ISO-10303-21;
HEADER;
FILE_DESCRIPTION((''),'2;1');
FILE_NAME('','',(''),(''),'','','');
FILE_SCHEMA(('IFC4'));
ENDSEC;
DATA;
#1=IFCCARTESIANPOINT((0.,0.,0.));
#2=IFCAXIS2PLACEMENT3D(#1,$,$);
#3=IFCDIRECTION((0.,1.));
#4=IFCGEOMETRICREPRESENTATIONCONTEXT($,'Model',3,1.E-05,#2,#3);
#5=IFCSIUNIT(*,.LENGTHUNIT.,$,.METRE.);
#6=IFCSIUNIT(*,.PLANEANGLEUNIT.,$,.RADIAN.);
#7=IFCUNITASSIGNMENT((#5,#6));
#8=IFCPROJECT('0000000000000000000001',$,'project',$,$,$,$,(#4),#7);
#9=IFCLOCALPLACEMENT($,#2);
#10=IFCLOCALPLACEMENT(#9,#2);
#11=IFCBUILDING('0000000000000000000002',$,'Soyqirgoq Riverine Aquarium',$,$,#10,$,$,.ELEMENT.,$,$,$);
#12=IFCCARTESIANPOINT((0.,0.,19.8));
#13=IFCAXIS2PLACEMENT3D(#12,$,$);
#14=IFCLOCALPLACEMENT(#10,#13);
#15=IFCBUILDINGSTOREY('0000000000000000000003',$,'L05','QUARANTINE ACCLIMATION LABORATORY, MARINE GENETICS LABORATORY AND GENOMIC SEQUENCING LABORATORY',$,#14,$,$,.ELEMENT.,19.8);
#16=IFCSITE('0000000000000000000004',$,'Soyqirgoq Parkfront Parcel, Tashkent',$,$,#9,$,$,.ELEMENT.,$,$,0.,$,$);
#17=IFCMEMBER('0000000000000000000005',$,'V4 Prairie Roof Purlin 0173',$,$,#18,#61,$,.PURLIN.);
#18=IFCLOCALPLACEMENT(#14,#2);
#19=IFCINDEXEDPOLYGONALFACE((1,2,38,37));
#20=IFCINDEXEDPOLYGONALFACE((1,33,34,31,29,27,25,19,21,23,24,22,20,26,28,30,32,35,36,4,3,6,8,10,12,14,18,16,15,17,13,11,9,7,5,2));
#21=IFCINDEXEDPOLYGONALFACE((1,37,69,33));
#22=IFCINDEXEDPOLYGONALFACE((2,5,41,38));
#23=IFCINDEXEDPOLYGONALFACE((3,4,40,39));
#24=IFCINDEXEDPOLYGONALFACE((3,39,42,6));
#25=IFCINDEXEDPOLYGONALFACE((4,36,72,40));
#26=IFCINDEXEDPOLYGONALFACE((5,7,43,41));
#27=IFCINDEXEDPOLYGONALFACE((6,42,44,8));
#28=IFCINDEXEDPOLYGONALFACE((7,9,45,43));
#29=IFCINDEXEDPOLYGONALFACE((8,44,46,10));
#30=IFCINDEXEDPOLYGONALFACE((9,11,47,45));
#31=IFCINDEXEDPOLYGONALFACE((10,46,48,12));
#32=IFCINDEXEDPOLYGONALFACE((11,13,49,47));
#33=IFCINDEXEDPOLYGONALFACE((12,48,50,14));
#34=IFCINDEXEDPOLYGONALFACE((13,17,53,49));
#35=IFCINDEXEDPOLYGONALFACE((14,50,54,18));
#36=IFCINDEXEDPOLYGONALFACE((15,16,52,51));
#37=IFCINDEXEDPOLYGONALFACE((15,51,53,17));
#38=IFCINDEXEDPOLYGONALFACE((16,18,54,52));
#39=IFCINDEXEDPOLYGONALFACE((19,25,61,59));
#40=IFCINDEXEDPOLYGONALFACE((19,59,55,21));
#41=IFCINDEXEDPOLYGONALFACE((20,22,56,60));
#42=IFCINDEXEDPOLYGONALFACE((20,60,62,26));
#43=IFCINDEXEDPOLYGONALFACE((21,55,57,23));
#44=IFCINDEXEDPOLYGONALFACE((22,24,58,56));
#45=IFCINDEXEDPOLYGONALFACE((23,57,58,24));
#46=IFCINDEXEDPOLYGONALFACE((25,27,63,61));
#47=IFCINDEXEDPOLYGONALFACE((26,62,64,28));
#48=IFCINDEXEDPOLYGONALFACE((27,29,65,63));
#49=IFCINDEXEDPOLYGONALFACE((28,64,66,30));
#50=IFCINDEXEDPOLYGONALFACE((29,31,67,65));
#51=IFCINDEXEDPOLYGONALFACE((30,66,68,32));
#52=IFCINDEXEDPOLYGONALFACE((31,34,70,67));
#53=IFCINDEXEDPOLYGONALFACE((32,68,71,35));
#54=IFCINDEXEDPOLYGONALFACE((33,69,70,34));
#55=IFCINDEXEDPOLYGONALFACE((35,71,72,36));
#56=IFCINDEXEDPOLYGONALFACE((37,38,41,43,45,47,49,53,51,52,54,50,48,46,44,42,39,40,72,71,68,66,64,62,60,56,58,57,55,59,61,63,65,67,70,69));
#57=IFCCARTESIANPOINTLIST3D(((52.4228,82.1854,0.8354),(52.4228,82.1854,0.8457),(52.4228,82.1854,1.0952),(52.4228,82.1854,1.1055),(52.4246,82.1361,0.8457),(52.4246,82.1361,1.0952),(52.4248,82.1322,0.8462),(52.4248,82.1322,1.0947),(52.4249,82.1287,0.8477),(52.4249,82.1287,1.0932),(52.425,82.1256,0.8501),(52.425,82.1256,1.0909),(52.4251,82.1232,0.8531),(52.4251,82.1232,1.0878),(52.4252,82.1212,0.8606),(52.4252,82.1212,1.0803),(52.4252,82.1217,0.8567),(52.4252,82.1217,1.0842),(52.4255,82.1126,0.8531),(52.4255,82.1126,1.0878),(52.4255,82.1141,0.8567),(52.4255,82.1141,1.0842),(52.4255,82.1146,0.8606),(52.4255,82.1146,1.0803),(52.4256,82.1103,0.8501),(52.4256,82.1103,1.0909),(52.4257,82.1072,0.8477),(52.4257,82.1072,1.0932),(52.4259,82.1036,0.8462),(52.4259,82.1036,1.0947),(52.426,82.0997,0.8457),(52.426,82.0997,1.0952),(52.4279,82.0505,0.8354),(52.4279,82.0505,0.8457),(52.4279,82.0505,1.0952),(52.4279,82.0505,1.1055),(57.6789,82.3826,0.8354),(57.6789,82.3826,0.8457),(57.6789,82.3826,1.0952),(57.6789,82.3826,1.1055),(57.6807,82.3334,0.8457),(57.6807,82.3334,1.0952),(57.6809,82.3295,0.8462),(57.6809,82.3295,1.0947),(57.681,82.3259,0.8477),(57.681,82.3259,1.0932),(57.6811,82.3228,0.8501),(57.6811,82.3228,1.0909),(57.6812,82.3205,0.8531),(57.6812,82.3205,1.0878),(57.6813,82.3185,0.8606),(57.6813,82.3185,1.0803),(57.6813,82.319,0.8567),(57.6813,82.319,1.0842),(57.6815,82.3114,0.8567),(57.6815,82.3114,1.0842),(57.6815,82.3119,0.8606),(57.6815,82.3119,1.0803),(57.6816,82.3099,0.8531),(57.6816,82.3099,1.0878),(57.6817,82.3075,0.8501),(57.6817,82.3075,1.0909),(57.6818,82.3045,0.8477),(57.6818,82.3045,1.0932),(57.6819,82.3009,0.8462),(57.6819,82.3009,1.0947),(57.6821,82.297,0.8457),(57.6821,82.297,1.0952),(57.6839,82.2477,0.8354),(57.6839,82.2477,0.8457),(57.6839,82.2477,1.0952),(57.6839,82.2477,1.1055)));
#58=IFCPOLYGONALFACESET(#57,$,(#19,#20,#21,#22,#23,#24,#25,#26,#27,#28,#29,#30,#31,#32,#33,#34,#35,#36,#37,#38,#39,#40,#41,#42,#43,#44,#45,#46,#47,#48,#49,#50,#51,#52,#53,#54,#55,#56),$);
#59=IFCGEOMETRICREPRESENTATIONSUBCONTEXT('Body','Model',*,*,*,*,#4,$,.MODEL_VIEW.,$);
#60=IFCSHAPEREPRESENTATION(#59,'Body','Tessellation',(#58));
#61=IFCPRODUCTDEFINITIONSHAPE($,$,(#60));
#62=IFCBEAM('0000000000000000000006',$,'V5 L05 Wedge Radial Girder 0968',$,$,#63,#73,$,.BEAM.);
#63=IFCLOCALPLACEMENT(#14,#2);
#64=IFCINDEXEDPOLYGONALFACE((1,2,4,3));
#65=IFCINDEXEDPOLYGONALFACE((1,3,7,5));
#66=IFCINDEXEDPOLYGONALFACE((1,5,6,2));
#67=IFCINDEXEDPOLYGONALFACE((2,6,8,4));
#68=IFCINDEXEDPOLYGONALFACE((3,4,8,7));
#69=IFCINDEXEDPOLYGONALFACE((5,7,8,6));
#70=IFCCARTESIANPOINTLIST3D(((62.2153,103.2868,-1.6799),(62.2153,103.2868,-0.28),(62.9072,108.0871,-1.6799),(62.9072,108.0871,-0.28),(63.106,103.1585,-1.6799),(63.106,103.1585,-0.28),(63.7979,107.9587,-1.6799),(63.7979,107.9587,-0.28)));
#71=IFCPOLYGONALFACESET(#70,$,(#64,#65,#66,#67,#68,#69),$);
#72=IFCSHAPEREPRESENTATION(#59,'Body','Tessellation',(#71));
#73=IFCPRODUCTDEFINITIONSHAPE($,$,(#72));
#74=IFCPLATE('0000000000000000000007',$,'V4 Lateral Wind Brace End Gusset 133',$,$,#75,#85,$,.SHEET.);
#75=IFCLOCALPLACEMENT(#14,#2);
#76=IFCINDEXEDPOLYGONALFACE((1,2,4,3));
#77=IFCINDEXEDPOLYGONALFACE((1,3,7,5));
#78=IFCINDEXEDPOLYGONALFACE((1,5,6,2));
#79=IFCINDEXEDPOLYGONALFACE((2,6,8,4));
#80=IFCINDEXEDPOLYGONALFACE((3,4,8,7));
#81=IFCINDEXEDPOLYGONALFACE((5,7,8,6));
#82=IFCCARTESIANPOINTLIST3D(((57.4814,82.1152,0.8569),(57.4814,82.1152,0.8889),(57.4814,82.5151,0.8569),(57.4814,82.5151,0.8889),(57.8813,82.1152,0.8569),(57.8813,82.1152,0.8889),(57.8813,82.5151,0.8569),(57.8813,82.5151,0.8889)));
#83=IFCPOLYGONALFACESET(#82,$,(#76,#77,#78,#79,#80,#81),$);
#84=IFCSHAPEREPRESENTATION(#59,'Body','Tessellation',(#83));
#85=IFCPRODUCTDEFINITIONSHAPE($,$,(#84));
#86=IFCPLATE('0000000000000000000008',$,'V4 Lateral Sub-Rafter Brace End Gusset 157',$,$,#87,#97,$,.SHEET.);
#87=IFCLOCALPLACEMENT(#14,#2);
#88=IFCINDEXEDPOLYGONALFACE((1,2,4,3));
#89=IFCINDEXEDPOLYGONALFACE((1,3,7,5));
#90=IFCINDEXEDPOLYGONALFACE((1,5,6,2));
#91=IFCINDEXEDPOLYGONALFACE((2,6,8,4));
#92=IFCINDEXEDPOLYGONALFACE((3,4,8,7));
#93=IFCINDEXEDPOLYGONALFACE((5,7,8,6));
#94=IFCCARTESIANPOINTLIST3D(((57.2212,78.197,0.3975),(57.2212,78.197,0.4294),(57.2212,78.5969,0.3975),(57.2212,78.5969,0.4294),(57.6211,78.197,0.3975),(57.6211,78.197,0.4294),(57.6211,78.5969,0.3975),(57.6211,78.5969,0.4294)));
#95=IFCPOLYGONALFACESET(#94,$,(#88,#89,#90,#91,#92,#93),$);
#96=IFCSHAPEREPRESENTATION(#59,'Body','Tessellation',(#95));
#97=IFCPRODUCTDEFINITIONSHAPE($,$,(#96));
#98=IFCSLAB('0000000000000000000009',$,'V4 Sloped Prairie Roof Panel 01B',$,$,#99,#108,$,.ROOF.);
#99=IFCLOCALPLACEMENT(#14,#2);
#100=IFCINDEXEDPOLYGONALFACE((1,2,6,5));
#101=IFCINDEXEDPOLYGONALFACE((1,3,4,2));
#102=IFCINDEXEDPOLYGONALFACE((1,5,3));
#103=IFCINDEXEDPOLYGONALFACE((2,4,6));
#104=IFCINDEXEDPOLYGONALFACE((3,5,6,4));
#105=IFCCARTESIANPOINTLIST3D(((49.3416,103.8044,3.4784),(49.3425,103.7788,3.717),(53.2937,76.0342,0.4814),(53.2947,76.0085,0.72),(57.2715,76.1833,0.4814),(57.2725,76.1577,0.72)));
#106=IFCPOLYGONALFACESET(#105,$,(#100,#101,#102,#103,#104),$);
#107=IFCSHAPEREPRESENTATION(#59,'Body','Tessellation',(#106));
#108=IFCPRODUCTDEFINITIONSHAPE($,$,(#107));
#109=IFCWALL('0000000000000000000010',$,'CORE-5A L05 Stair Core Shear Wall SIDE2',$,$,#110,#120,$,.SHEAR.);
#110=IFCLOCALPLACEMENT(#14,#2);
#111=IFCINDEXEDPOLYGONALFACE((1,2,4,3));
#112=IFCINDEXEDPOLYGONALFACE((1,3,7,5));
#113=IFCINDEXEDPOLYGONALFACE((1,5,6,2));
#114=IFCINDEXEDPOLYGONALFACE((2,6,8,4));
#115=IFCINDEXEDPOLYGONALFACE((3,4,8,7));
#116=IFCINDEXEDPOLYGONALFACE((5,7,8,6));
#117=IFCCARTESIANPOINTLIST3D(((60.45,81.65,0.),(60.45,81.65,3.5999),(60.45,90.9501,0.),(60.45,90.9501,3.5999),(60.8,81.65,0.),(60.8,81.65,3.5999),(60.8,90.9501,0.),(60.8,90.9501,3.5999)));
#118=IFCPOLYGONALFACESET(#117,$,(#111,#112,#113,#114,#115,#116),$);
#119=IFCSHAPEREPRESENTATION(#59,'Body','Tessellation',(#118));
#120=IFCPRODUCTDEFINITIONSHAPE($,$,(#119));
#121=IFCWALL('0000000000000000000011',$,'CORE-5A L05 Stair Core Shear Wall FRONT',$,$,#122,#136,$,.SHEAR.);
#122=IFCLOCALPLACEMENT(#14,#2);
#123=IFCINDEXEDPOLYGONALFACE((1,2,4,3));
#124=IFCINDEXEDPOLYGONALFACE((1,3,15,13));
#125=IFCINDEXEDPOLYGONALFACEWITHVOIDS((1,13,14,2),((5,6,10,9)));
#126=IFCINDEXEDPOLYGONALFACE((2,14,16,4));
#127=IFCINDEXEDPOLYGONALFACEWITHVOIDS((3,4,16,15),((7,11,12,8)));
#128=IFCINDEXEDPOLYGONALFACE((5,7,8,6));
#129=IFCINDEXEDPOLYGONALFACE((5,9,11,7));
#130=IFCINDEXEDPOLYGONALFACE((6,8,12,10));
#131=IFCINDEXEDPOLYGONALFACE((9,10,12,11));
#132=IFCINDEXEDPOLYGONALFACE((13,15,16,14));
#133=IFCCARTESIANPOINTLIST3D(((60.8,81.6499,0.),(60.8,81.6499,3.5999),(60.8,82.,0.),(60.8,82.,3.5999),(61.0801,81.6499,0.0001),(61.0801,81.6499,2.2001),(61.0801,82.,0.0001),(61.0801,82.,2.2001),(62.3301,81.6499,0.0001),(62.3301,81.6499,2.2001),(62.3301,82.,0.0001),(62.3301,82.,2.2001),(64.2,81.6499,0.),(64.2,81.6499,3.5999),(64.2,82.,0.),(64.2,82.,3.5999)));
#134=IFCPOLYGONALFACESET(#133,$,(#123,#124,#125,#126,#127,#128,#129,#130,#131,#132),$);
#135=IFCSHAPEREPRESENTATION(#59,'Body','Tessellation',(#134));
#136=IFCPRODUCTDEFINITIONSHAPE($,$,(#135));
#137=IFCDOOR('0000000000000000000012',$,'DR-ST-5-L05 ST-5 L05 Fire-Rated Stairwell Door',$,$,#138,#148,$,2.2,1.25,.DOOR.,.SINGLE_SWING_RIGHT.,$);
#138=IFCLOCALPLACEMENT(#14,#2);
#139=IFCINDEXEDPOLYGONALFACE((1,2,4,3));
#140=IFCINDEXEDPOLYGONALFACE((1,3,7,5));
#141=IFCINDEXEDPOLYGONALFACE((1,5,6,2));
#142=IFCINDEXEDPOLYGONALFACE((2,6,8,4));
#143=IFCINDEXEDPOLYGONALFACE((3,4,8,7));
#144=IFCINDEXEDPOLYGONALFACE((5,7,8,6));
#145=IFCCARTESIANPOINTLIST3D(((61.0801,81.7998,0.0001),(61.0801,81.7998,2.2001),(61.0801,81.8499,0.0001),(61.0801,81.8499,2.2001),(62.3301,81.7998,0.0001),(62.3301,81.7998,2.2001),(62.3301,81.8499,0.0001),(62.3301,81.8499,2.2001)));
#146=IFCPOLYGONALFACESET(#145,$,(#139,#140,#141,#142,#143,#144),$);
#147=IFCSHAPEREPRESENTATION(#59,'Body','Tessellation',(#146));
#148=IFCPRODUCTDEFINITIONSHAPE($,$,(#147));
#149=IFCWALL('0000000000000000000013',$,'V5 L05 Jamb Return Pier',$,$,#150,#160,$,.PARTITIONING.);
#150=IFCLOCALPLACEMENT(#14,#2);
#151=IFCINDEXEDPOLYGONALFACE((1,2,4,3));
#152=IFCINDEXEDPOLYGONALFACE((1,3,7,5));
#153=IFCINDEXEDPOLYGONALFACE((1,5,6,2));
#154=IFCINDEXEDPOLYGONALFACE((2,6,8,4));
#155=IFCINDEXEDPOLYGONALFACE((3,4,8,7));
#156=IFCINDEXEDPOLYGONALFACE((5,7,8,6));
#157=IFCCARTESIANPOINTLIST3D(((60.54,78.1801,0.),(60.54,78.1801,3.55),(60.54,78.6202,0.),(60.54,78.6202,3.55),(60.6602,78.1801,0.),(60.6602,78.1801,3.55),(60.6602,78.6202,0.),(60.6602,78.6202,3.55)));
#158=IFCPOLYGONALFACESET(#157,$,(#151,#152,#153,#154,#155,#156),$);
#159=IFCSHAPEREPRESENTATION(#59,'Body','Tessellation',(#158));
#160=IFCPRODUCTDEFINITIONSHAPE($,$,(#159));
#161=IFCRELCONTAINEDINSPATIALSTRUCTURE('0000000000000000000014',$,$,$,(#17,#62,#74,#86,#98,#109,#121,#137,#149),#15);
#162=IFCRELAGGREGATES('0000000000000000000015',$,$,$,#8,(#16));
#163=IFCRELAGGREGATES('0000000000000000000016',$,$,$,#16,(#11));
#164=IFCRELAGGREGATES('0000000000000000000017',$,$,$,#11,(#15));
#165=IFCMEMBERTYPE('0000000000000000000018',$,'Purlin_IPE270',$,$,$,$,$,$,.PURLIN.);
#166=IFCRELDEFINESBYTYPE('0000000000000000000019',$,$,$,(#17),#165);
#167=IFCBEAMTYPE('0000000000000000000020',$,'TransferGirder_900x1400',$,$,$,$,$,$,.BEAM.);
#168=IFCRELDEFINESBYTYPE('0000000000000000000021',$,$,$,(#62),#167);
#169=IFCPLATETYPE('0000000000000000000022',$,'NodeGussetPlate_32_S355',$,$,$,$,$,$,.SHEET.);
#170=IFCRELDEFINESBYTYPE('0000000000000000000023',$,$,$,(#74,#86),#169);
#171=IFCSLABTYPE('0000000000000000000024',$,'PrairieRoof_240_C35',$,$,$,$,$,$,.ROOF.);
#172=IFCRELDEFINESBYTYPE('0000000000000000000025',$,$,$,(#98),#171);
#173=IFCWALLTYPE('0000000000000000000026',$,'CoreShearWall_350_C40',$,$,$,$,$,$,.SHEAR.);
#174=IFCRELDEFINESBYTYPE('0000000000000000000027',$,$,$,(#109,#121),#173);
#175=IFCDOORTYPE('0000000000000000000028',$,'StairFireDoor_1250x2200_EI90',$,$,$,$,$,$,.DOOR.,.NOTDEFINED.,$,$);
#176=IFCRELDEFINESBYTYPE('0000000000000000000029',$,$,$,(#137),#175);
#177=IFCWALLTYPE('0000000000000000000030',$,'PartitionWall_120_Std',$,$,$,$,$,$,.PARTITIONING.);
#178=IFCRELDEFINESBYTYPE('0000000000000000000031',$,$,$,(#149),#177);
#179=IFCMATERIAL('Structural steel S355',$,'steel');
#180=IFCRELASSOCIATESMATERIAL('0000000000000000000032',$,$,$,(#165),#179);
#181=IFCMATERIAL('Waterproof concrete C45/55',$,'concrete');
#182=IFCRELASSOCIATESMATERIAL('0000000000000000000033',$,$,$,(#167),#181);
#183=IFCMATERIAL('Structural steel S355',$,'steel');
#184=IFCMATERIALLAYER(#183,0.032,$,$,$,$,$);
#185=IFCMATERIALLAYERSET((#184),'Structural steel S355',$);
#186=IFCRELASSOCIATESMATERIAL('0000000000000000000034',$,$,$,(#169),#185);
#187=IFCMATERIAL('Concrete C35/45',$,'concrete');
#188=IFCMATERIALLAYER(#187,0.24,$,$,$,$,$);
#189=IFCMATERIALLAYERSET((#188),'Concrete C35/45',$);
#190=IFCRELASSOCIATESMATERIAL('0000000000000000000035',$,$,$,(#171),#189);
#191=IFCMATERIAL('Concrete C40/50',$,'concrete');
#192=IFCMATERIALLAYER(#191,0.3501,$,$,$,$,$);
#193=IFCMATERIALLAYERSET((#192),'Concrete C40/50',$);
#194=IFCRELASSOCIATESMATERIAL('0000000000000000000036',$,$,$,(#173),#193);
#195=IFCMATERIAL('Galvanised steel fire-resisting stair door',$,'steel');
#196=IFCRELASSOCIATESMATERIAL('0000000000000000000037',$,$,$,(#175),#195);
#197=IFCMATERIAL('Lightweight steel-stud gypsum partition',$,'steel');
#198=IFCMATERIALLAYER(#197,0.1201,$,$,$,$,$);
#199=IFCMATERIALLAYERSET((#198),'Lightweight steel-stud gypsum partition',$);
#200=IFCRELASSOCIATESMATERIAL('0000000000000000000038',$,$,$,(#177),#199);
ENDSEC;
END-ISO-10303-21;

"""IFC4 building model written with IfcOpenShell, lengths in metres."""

from ifc_helpers import new_model, si_unit, direction, frame, frame_2d, origin, origin_2d, place, context, subcontext, project, spatial, polyline, rectangle, i_section, outline, extrude, material, layer, layer_set, material_profile, profile_set, type_object, element, fill, save


model = new_model("IFC4")

# Units and contexts
model_context = context("Model", 3, precision=1e-05, world=origin(), true_north=direction((0.0, 1.0)))
body_context = subcontext(model_context, "Body", "Model", "MODEL_VIEW")
ifc_project = project(units=[si_unit("LENGTHUNIT", "METRE"), si_unit("PLANEANGLEUNIT", "RADIAN")], contexts=[model_context])

# Site, building, storey
site_placement = place(None, origin())
site = spatial("IfcSite", under=ifc_project, at=site_placement, Name="Soyqirgoq Parkfront Parcel, Tashkent", CompositionType="ELEMENT", RefElevation=0.0)
building_placement = place(site_placement, origin())
building = spatial("IfcBuilding", under=site, at=building_placement, Name="Soyqirgoq Riverine Aquarium", CompositionType="ELEMENT")
storey_placement = place(building_placement, frame((0.0, 0.0, 19.8)))
storey = spatial("IfcBuildingStorey", under=building, at=storey_placement, Name="L05", Description="QUARANTINE ACCLIMATION LABORATORY, MARINE GENETICS LABORATORY AND GENOMIC SEQUENCING LABORATORY", CompositionType="ELEMENT", Elevation=19.8)

# Member
ifc_material_1 = material(Name="Structural steel S355", Category="steel")
ifc_material_profile_1 = material_profile(ifc_material_1, i_section(OverallWidth=0.135, OverallDepth=0.27, WebThickness=0.0066, FlangeThickness=0.0103, FilletRadius=0.0149, at=origin_2d()), Name="IPE 270")
ifc_profile_set_1 = profile_set([ifc_material_profile_1], Name="Structural steel S355")
member_type_1 = type_object("IfcMemberType", Name="Purlin_IPE270", PredefinedType="PURLIN", material=ifc_profile_set_1)
member_1_placement = place(storey_placement, frame((57.6814, 82.3152, 0.9705), z_axis=(-0.999296, -0.037504, 0.0), x_axis=(0.037504, -0.999296, 0.0)))
element("IfcMember", 1, at=member_1_placement, inside=storey, type_object=member_type_1, Name="V4 Prairie Roof Purlin 0173", PredefinedType="PURLIN", context=body_context, shape_type="SweptSolid", body=[
    extrude(i_section(OverallWidth=0.135, OverallDepth=0.27, WebThickness=0.0066, FlangeThickness=0.0103, FilletRadius=0.0149, at=origin_2d()), origin(), (0.0, 0.0, 1.0), 5.2598),
])

# Beam
ifc_material_2 = material(Name="Waterproof concrete C45/55", Category="concrete")
ifc_material_profile_2 = material_profile(ifc_material_2, rectangle(XDim=0.8999, YDim=1.3999, at=origin_2d()), Name="RC 900x1400")
ifc_profile_set_2 = profile_set([ifc_material_profile_2], Name="Waterproof concrete C45/55")
beam_type_1 = type_object("IfcBeamType", Name="TransferGirder_900x1400", PredefinedType="BEAM", material=ifc_profile_set_2)
beam_1_placement = place(storey_placement, frame((62.6606, 103.2227, -0.98), z_axis=(0.142662, 0.989772, 0.0), x_axis=(-0.989772, 0.142662, 0.0)))
element("IfcBeam", 2, at=beam_1_placement, inside=storey, type_object=beam_type_1, Name="V5 L05 Wedge Radial Girder 0968", PredefinedType="BEAM", context=body_context, shape_type="SweptSolid", body=[
    extrude(rectangle(XDim=0.8999, YDim=1.3999, at=origin_2d()), origin(), (0.0, 0.0, 1.0), 4.8499),
])

# Plates
ifc_material_3 = material(Name="Structural steel S355", Category="steel")
ifc_layer_1 = layer(ifc_material_3, 0.032)
ifc_layer_set_1 = layer_set([ifc_layer_1], Name="Structural steel S355")
plate_type = type_object("IfcPlateType", Name="NodeGussetPlate_32_S355", PredefinedType="SHEET", material=ifc_layer_set_1)
for number, where, z_axis, x_axis, name in (
    (3, (57.6814, 82.3152, 0.8569), (0.0, 0.0, 1.0), (1.0, 0.0, 0.0), "V4 Lateral Wind Brace End Gusset 133"),
    (4, (57.4211, 78.397, 0.3975), (0.0, 0.0, 1.0), (1.0, 0.0, 0.0), "V4 Lateral Sub-Rafter Brace End Gusset 157"),
):
    element("IfcPlate", number, at=place(storey_placement, frame(where, z_axis=z_axis, x_axis=x_axis)), inside=storey, type_object=plate_type, Name=name, PredefinedType="SHEET", context=body_context, shape_type="SweptSolid", body=[
        extrude(rectangle(XDim=0.3999, YDim=0.3999, at=origin_2d()), origin(), (0.0, 0.0, 1.0), 0.032),
    ])

# Slab
ifc_material_4 = material(Name="Concrete C35/45", Category="concrete")
ifc_layer_2 = layer(ifc_material_4, 0.24)
ifc_layer_set_2 = layer_set([ifc_layer_2], Name="Concrete C35/45")
slab_type = type_object("IfcSlabType", Name="PrairieRoof_240_C35", PredefinedType="ROOF", material=ifc_layer_set_2)
slab_placement = place(storey_placement, frame((57.2725, 76.1577, 0.72), z_axis=(0.004003, -0.106737, 0.994279), x_axis=(-0.274461, 0.955987, 0.103731)))
element("IfcSlab", 5, at=slab_placement, inside=storey, type_object=slab_type, Name="V4 Sloped Prairie Roof Panel 01B", PredefinedType="ROOF", context=body_context, shape_type="SweptSolid", body=[
    extrude(outline(polyline([(0.0, 0.0), (28.8928, 0.0), (0.9491, 3.8658), (0.0, 0.0)])), origin(), (0.0, 0.0, -1.0), 0.24),
])

# Wall
ifc_material_5 = material(Name="Concrete C40/50", Category="concrete")
ifc_layer_3 = layer(ifc_material_5, 0.3501)
ifc_layer_set_3 = layer_set([ifc_layer_3], Name="Concrete C40/50")
wall_type_1 = type_object("IfcWallType", Name="CoreShearWall_350_C40", PredefinedType="SHEAR", material=ifc_layer_set_3)
wall_1_placement = place(storey_placement, frame((60.625, 90.95, 0.0), z_axis=(0.0, 0.0, 1.0), x_axis=(0.0, -1.0, 0.0)))
element("IfcWall", 6, at=wall_1_placement, inside=storey, type_object=wall_type_1, Name="CORE-5A L05 Stair Core Shear Wall SIDE2", PredefinedType="SHEAR", context=body_context, shape_type="SweptSolid", body=[
    extrude(rectangle(XDim=9.3, YDim=0.3501, at=frame_2d((4.6499, 0.0))), origin(), (0.0, 0.0, 1.0), 3.5999),
])

# Wall, opening, door
wall_2_placement = place(storey_placement, frame((60.8, 81.825, 0.0), z_axis=(0.0, 0.0, 1.0), x_axis=(1.0, 0.0, 0.0)))
wall_2 = element("IfcWall", 7, at=wall_2_placement, inside=storey, type_object=wall_type_1, Name="CORE-5A L05 Stair Core Shear Wall FRONT", PredefinedType="SHEAR", context=body_context, shape_type="SweptSolid", body=[
    extrude(rectangle(XDim=3.3999, YDim=0.3501, at=frame_2d((1.7, 0.0))), origin(), (0.0, 0.0, 1.0), 3.5999),
])
opening_1_placement = place(wall_2_placement, frame((0.28, 0.0, 0.0)))
opening_1 = element("IfcOpeningElement", 8, at=opening_1_placement, cuts=wall_2, PredefinedType="OPENING", context=body_context, shape_type="SweptSolid", body=[
    extrude(rectangle(XDim=1.25, YDim=2.2, at=frame_2d((0.625, 1.1001))), frame((0.0, 0.1851, 0.0), z_axis=(0.0, -1.0, 0.0), x_axis=(1.0, 0.0, 0.0)), (0.0, 0.0, 1.0), 0.3701),
])
ifc_material_6 = material(Name="Galvanised steel fire-resisting stair door", Category="steel")
door_type = type_object("IfcDoorType", Name="StairFireDoor_1250x2200_EI90", OperationType="NOTDEFINED", PredefinedType="DOOR", material=ifc_material_6)
door_1_placement = place(opening_1_placement, origin())
door_1 = element("IfcDoor", 9, at=door_1_placement, inside=storey, type_object=door_type, Name="DR-ST-5-L05 ST-5 L05 Fire-Rated Stairwell Door", OperationType="SINGLE_SWING_RIGHT", OverallHeight=2.2, OverallWidth=1.25, PredefinedType="DOOR", context=body_context, shape_type="SweptSolid", body=[
    extrude(rectangle(XDim=1.25, YDim=2.2, at=frame_2d((0.625, 1.1001))), frame((0.0, 0.0249, 0.0), z_axis=(0.0, -1.0, 0.0), x_axis=(1.0, 0.0, 0.0)), (0.0, 0.0, 1.0), 0.05),
])
fill(opening_1, door_1)

# Wall
ifc_material_7 = material(Name="Lightweight steel-stud gypsum partition", Category="steel")
ifc_layer_4 = layer(ifc_material_7, 0.1201)
ifc_layer_set_4 = layer_set([ifc_layer_4], Name="Lightweight steel-stud gypsum partition")
wall_type_2 = type_object("IfcWallType", Name="PartitionWall_120_Std", PredefinedType="PARTITIONING", material=ifc_layer_set_4)
wall_3_placement = place(storey_placement, frame((60.6001, 78.1799, 0.0), z_axis=(0.0, 0.0, 1.0), x_axis=(0.0, 1.0, 0.0)))
element("IfcWall", 10, at=wall_3_placement, inside=storey, type_object=wall_type_2, Name="V5 L05 Jamb Return Pier", PredefinedType="PARTITIONING", context=body_context, shape_type="SweptSolid", body=[
    extrude(rectangle(XDim=0.4402, YDim=0.1201, at=frame_2d((0.2202, 0.0))), origin(), (0.0, 0.0, 1.0), 3.55),
])

save(model, "model.ifc")
